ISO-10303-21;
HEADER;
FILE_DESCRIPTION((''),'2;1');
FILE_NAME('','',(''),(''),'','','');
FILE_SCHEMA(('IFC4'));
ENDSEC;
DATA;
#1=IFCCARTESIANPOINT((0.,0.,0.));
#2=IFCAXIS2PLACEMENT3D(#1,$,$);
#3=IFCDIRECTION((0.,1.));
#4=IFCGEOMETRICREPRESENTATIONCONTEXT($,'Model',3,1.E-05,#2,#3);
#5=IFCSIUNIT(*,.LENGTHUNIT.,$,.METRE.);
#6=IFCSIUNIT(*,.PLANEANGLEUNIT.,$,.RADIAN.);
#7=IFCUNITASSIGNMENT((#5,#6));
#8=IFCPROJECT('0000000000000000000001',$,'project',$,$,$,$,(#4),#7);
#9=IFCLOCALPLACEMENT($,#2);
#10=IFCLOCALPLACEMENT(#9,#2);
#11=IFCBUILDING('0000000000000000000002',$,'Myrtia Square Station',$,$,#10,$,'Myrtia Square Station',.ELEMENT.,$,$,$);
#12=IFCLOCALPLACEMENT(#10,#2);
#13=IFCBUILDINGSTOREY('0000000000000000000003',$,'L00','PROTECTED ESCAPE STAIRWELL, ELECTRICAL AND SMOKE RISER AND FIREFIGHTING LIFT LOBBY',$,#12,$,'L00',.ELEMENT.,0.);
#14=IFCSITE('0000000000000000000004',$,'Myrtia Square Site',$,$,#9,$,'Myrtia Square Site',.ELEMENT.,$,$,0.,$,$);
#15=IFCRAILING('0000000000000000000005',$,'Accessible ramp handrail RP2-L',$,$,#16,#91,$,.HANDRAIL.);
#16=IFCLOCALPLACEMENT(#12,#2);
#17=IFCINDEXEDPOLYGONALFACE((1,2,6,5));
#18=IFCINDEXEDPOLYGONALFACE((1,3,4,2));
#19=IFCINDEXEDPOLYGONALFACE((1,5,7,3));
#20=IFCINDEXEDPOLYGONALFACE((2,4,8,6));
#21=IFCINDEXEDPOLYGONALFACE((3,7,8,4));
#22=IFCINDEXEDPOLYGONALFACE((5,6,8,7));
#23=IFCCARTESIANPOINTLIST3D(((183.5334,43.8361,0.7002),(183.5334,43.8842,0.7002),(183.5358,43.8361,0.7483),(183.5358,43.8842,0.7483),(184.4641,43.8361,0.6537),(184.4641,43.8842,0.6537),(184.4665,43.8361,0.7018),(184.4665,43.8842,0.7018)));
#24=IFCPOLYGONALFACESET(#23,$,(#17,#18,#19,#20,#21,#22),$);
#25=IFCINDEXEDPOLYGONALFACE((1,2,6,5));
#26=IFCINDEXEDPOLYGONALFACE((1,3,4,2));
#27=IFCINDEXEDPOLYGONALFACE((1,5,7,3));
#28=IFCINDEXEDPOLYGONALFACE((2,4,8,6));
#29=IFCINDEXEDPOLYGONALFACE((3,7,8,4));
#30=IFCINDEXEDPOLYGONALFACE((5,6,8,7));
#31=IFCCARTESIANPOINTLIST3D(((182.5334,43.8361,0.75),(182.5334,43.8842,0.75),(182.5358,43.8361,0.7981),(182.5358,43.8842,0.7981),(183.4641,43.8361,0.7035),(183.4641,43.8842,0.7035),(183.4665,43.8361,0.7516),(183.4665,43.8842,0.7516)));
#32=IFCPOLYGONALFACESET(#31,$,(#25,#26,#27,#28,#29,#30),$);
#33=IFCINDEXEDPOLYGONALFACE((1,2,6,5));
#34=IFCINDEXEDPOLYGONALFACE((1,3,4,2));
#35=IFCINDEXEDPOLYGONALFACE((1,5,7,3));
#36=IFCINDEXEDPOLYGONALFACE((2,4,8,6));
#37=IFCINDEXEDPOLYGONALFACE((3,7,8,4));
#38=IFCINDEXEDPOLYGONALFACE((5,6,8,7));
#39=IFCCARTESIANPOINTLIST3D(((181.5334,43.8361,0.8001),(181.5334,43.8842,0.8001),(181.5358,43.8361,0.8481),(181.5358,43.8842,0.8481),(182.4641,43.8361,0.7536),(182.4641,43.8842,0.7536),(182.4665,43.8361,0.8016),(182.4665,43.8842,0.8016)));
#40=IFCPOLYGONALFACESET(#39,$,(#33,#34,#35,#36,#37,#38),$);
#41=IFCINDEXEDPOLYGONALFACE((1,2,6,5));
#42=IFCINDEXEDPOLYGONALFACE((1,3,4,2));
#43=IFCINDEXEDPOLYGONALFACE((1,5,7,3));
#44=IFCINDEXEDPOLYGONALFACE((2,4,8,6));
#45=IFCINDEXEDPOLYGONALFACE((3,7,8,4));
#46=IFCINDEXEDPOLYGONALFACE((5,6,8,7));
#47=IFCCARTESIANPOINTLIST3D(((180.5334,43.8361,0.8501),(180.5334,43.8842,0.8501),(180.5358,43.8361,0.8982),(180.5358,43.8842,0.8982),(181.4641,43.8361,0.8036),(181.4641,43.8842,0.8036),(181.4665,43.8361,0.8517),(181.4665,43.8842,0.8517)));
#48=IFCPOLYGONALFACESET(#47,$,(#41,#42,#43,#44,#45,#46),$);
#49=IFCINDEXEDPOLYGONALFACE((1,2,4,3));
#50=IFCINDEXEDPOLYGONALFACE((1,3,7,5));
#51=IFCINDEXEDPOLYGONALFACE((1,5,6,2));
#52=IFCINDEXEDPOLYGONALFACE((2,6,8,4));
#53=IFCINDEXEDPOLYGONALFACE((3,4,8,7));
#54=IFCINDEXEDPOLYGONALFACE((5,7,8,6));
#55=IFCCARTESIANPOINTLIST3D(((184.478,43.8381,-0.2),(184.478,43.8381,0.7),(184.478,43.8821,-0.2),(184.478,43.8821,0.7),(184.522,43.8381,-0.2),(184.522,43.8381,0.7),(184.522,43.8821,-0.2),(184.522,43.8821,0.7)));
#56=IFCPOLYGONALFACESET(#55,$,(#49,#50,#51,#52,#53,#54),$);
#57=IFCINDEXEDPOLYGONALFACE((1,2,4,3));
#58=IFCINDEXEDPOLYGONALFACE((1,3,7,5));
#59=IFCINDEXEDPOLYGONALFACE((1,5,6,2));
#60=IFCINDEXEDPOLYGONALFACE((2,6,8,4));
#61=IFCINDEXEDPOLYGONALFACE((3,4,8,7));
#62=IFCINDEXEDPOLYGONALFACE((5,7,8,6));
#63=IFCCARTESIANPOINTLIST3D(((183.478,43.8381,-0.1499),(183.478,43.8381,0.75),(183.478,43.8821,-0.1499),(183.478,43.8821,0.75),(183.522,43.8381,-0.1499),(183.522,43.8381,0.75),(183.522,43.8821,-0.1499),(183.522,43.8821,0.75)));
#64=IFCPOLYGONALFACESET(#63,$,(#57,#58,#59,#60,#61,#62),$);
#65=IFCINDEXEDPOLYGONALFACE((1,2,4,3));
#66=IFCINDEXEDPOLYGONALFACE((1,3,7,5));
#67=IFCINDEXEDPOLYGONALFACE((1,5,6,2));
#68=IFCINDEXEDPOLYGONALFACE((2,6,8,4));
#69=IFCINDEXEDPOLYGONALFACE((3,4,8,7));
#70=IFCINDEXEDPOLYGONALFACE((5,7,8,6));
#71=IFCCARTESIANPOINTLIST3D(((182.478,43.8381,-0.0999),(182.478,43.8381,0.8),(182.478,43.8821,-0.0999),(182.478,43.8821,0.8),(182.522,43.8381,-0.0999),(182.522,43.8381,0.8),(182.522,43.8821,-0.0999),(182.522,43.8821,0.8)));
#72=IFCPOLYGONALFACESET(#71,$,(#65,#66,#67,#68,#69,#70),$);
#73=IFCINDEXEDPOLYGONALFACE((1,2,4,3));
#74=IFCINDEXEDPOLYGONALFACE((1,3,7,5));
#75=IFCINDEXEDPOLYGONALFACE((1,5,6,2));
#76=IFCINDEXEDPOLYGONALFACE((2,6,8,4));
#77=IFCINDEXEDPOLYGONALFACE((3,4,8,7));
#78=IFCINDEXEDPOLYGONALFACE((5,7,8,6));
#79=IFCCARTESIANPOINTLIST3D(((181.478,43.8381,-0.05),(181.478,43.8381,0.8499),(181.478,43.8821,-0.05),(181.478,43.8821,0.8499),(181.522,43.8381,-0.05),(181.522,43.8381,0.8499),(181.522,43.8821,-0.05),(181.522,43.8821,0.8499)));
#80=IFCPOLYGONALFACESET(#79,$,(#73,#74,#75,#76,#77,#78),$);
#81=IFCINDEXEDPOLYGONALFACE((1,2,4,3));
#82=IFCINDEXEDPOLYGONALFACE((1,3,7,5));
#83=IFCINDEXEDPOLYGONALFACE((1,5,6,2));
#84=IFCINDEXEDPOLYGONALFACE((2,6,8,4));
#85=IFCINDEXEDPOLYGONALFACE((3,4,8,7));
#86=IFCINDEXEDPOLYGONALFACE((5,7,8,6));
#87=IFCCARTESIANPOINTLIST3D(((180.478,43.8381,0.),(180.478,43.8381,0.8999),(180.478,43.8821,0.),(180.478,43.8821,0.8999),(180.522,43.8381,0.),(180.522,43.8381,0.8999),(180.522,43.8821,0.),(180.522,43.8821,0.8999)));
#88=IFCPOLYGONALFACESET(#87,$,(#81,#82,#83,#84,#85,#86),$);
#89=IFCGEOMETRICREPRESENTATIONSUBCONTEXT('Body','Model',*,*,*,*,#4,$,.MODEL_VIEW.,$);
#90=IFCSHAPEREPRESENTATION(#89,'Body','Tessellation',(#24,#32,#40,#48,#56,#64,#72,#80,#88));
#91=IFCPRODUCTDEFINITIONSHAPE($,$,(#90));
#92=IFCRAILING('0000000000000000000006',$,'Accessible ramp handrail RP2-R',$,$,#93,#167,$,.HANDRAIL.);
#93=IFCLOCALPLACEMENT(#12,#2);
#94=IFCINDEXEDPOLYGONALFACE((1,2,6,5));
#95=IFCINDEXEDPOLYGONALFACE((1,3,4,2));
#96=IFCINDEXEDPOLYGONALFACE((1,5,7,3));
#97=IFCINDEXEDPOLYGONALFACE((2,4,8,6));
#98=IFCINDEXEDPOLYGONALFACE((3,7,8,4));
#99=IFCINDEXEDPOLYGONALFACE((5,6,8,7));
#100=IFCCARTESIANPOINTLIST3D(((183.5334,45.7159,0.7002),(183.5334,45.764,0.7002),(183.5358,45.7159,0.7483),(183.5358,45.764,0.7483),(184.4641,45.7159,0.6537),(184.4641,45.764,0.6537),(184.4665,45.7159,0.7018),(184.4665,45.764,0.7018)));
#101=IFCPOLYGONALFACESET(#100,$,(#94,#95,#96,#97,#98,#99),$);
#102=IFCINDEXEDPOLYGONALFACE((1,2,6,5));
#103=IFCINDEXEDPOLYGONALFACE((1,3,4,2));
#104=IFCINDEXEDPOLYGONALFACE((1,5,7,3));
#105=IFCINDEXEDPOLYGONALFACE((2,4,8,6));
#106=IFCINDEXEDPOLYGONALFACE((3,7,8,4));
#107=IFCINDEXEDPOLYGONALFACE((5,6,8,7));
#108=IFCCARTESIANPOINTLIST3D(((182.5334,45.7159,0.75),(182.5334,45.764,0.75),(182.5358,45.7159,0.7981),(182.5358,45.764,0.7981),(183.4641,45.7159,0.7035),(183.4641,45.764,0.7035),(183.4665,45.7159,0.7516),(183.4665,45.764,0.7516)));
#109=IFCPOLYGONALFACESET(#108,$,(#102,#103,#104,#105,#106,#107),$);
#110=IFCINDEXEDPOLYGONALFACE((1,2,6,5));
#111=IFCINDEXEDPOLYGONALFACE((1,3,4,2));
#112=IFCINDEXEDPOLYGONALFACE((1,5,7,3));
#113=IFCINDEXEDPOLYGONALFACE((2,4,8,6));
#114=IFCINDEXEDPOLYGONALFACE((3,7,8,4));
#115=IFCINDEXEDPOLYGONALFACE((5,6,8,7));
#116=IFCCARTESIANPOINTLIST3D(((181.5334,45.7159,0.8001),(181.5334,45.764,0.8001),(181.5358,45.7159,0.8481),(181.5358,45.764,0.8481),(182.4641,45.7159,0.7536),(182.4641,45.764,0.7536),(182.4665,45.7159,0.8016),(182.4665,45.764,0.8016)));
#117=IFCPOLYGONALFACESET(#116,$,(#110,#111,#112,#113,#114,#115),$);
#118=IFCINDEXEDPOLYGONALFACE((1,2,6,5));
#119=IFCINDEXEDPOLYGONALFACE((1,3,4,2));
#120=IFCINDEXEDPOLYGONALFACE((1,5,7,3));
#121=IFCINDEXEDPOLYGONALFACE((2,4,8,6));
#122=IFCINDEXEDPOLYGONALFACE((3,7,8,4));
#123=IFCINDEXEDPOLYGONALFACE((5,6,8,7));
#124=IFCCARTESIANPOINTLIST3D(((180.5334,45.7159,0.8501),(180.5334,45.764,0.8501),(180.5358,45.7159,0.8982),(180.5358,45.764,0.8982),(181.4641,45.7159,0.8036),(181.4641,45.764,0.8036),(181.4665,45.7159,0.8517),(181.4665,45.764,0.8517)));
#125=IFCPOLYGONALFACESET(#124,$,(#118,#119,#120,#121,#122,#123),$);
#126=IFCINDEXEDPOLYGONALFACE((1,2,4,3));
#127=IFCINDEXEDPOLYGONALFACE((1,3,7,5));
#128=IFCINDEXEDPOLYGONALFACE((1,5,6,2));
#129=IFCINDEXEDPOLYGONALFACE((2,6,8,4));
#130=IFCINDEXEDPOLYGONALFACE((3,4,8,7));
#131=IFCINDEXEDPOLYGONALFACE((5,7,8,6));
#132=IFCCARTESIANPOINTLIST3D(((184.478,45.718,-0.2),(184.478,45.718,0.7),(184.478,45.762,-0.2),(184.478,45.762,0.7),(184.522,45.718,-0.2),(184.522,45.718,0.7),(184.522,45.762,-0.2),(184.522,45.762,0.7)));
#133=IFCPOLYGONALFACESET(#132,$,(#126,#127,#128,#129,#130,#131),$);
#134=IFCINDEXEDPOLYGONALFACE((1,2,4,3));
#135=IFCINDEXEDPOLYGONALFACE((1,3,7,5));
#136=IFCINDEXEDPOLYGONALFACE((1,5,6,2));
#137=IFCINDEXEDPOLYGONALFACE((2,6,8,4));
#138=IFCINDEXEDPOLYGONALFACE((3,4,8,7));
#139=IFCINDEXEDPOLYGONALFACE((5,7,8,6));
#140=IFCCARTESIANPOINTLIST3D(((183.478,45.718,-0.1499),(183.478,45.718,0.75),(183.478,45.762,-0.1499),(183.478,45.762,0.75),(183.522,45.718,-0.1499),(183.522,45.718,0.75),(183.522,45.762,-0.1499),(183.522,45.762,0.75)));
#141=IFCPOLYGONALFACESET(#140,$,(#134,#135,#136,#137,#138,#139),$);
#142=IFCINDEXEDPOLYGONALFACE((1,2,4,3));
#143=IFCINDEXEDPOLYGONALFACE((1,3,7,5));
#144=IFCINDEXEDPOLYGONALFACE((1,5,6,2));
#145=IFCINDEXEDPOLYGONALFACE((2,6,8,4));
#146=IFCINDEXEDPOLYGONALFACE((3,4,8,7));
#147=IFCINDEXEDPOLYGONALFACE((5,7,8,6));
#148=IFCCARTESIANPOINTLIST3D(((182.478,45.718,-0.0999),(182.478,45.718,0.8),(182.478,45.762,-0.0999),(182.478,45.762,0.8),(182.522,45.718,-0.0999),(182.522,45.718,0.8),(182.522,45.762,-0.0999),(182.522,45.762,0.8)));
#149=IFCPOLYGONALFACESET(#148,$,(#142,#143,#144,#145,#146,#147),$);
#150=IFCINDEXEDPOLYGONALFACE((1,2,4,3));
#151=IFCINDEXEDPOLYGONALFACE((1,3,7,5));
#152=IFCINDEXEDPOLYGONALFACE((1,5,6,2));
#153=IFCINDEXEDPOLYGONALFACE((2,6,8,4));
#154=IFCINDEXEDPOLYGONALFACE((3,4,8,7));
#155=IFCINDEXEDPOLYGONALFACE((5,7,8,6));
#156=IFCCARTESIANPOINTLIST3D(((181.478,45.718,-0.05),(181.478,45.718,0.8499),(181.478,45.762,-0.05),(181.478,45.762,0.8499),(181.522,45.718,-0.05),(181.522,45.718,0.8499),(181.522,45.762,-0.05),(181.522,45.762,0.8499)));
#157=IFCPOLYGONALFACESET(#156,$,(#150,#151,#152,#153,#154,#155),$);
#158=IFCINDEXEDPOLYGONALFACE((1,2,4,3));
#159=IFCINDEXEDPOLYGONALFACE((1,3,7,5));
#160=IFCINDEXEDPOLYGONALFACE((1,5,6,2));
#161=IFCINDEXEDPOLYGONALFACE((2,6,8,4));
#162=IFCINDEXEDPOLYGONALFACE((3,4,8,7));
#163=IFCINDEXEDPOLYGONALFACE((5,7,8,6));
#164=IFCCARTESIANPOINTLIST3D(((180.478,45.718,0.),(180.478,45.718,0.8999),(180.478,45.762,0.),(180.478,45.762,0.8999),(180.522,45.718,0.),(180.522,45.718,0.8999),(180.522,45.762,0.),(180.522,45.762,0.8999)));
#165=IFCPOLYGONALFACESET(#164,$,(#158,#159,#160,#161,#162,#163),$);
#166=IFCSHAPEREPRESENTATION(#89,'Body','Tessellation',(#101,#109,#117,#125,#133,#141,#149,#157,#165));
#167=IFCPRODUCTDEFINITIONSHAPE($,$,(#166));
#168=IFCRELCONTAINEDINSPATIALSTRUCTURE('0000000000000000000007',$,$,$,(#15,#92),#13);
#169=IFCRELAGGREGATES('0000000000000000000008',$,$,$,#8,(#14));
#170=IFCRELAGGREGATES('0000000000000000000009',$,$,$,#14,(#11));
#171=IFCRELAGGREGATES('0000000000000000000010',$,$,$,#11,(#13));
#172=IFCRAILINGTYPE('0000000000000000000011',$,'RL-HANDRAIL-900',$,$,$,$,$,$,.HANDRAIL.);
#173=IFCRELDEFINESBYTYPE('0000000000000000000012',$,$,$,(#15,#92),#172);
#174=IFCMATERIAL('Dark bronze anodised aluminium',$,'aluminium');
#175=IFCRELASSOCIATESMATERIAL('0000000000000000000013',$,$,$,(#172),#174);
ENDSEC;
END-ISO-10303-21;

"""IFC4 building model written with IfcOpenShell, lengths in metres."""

from ifc_helpers import new_model, si_unit, direction, frame, origin, origin_2d, place, context, subcontext, project, spatial, rectangle, extrude, material, type_object, element, save


model = new_model("IFC4")

# Units and contexts
model_context = context("Model", 3, precision=1e-05, world=origin(), true_north=direction((0.0, 1.0)))
body_context = subcontext(model_context, "Body", "Model", "MODEL_VIEW")
ifc_project = project(units=[si_unit("LENGTHUNIT", "METRE"), si_unit("PLANEANGLEUNIT", "RADIAN")], contexts=[model_context])

# Site, building, storey
site_placement = place(None, origin())
site = spatial("IfcSite", under=ifc_project, at=site_placement, Name="Myrtia Square Site", LongName="Myrtia Square Site", CompositionType="ELEMENT", RefElevation=0.0)
building_placement = place(site_placement, origin())
building = spatial("IfcBuilding", under=site, at=building_placement, Name="Myrtia Square Station", LongName="Myrtia Square Station", CompositionType="ELEMENT")
storey_placement = place(building_placement, origin())
storey = spatial("IfcBuildingStorey", under=building, at=storey_placement, Name="L00", Description="PROTECTED ESCAPE STAIRWELL, ELECTRICAL AND SMOKE RISER AND FIREFIGHTING LIFT LOBBY", LongName="L00", CompositionType="ELEMENT", Elevation=0.0)

# Railings
ifc_material_1 = material(Name="Dark bronze anodised aluminium", Category="aluminium")
railing_type = type_object("IfcRailingType", Name="RL-HANDRAIL-900", PredefinedType="HANDRAIL", material=ifc_material_1)
for number, where, name in (
    (1, (184.5, 43.8601, -0.2), "Accessible ramp handrail RP2-L"),
    (2, (184.5, 45.74, -0.2), "Accessible ramp handrail RP2-R"),
):
    element("IfcRailing", number, at=place(storey_placement, frame(where)), inside=storey, type_object=railing_type, Name=name, PredefinedType="HANDRAIL", context=body_context, shape_type="SweptSolid", body=[
        extrude(rectangle(XDim=0.0481, YDim=0.0481, at=origin_2d()), frame((-0.0347, 0.0, 0.8777), z_axis=(-0.998753, 0.0, 0.049925), x_axis=(0.0, -1.0, 0.0)), (0.0, 0.0, 1.0), 0.9319),
        extrude(rectangle(XDim=0.0481, YDim=0.0481, at=origin_2d()), frame((-1.0347, 0.0, 0.9275), z_axis=(-0.998753, 0.0, 0.049925), x_axis=(0.0, -1.0, 0.0)), (0.0, 0.0, 1.0), 0.9319),
        extrude(rectangle(XDim=0.0481, YDim=0.0481, at=origin_2d()), frame((-2.0347, 0.0, 0.9775), z_axis=(-0.998753, 0.0, 0.049925), x_axis=(0.0, -1.0, 0.0)), (0.0, 0.0, 1.0), 0.9319),
        extrude(rectangle(XDim=0.0481, YDim=0.0481, at=origin_2d()), frame((-3.0347, 0.0, 1.0276), z_axis=(-0.998753, 0.0, 0.049925), x_axis=(0.0, -1.0, 0.0)), (0.0, 0.0, 1.0), 0.9319),
        extrude(rectangle(XDim=0.0439, YDim=0.0439, at=origin_2d()), origin(), (0.0, 0.0, 1.0), 0.8999),
        extrude(rectangle(XDim=0.0439, YDim=0.0439, at=origin_2d()), frame((-1.0, 0.0, 0.05)), (0.0, 0.0, 1.0), 0.8999),
        extrude(rectangle(XDim=0.0439, YDim=0.0439, at=origin_2d()), frame((-2.0, 0.0, 0.1001)), (0.0, 0.0, 1.0), 0.8999),
        extrude(rectangle(XDim=0.0439, YDim=0.0439, at=origin_2d()), frame((-3.0, 0.0, 0.1499)), (0.0, 0.0, 1.0), 0.8999),
        extrude(rectangle(XDim=0.0439, YDim=0.0439, at=origin_2d()), frame((-4.0, 0.0, 0.2)), (0.0, 0.0, 1.0), 0.8999),
    ])

save(model, "model.ifc")
